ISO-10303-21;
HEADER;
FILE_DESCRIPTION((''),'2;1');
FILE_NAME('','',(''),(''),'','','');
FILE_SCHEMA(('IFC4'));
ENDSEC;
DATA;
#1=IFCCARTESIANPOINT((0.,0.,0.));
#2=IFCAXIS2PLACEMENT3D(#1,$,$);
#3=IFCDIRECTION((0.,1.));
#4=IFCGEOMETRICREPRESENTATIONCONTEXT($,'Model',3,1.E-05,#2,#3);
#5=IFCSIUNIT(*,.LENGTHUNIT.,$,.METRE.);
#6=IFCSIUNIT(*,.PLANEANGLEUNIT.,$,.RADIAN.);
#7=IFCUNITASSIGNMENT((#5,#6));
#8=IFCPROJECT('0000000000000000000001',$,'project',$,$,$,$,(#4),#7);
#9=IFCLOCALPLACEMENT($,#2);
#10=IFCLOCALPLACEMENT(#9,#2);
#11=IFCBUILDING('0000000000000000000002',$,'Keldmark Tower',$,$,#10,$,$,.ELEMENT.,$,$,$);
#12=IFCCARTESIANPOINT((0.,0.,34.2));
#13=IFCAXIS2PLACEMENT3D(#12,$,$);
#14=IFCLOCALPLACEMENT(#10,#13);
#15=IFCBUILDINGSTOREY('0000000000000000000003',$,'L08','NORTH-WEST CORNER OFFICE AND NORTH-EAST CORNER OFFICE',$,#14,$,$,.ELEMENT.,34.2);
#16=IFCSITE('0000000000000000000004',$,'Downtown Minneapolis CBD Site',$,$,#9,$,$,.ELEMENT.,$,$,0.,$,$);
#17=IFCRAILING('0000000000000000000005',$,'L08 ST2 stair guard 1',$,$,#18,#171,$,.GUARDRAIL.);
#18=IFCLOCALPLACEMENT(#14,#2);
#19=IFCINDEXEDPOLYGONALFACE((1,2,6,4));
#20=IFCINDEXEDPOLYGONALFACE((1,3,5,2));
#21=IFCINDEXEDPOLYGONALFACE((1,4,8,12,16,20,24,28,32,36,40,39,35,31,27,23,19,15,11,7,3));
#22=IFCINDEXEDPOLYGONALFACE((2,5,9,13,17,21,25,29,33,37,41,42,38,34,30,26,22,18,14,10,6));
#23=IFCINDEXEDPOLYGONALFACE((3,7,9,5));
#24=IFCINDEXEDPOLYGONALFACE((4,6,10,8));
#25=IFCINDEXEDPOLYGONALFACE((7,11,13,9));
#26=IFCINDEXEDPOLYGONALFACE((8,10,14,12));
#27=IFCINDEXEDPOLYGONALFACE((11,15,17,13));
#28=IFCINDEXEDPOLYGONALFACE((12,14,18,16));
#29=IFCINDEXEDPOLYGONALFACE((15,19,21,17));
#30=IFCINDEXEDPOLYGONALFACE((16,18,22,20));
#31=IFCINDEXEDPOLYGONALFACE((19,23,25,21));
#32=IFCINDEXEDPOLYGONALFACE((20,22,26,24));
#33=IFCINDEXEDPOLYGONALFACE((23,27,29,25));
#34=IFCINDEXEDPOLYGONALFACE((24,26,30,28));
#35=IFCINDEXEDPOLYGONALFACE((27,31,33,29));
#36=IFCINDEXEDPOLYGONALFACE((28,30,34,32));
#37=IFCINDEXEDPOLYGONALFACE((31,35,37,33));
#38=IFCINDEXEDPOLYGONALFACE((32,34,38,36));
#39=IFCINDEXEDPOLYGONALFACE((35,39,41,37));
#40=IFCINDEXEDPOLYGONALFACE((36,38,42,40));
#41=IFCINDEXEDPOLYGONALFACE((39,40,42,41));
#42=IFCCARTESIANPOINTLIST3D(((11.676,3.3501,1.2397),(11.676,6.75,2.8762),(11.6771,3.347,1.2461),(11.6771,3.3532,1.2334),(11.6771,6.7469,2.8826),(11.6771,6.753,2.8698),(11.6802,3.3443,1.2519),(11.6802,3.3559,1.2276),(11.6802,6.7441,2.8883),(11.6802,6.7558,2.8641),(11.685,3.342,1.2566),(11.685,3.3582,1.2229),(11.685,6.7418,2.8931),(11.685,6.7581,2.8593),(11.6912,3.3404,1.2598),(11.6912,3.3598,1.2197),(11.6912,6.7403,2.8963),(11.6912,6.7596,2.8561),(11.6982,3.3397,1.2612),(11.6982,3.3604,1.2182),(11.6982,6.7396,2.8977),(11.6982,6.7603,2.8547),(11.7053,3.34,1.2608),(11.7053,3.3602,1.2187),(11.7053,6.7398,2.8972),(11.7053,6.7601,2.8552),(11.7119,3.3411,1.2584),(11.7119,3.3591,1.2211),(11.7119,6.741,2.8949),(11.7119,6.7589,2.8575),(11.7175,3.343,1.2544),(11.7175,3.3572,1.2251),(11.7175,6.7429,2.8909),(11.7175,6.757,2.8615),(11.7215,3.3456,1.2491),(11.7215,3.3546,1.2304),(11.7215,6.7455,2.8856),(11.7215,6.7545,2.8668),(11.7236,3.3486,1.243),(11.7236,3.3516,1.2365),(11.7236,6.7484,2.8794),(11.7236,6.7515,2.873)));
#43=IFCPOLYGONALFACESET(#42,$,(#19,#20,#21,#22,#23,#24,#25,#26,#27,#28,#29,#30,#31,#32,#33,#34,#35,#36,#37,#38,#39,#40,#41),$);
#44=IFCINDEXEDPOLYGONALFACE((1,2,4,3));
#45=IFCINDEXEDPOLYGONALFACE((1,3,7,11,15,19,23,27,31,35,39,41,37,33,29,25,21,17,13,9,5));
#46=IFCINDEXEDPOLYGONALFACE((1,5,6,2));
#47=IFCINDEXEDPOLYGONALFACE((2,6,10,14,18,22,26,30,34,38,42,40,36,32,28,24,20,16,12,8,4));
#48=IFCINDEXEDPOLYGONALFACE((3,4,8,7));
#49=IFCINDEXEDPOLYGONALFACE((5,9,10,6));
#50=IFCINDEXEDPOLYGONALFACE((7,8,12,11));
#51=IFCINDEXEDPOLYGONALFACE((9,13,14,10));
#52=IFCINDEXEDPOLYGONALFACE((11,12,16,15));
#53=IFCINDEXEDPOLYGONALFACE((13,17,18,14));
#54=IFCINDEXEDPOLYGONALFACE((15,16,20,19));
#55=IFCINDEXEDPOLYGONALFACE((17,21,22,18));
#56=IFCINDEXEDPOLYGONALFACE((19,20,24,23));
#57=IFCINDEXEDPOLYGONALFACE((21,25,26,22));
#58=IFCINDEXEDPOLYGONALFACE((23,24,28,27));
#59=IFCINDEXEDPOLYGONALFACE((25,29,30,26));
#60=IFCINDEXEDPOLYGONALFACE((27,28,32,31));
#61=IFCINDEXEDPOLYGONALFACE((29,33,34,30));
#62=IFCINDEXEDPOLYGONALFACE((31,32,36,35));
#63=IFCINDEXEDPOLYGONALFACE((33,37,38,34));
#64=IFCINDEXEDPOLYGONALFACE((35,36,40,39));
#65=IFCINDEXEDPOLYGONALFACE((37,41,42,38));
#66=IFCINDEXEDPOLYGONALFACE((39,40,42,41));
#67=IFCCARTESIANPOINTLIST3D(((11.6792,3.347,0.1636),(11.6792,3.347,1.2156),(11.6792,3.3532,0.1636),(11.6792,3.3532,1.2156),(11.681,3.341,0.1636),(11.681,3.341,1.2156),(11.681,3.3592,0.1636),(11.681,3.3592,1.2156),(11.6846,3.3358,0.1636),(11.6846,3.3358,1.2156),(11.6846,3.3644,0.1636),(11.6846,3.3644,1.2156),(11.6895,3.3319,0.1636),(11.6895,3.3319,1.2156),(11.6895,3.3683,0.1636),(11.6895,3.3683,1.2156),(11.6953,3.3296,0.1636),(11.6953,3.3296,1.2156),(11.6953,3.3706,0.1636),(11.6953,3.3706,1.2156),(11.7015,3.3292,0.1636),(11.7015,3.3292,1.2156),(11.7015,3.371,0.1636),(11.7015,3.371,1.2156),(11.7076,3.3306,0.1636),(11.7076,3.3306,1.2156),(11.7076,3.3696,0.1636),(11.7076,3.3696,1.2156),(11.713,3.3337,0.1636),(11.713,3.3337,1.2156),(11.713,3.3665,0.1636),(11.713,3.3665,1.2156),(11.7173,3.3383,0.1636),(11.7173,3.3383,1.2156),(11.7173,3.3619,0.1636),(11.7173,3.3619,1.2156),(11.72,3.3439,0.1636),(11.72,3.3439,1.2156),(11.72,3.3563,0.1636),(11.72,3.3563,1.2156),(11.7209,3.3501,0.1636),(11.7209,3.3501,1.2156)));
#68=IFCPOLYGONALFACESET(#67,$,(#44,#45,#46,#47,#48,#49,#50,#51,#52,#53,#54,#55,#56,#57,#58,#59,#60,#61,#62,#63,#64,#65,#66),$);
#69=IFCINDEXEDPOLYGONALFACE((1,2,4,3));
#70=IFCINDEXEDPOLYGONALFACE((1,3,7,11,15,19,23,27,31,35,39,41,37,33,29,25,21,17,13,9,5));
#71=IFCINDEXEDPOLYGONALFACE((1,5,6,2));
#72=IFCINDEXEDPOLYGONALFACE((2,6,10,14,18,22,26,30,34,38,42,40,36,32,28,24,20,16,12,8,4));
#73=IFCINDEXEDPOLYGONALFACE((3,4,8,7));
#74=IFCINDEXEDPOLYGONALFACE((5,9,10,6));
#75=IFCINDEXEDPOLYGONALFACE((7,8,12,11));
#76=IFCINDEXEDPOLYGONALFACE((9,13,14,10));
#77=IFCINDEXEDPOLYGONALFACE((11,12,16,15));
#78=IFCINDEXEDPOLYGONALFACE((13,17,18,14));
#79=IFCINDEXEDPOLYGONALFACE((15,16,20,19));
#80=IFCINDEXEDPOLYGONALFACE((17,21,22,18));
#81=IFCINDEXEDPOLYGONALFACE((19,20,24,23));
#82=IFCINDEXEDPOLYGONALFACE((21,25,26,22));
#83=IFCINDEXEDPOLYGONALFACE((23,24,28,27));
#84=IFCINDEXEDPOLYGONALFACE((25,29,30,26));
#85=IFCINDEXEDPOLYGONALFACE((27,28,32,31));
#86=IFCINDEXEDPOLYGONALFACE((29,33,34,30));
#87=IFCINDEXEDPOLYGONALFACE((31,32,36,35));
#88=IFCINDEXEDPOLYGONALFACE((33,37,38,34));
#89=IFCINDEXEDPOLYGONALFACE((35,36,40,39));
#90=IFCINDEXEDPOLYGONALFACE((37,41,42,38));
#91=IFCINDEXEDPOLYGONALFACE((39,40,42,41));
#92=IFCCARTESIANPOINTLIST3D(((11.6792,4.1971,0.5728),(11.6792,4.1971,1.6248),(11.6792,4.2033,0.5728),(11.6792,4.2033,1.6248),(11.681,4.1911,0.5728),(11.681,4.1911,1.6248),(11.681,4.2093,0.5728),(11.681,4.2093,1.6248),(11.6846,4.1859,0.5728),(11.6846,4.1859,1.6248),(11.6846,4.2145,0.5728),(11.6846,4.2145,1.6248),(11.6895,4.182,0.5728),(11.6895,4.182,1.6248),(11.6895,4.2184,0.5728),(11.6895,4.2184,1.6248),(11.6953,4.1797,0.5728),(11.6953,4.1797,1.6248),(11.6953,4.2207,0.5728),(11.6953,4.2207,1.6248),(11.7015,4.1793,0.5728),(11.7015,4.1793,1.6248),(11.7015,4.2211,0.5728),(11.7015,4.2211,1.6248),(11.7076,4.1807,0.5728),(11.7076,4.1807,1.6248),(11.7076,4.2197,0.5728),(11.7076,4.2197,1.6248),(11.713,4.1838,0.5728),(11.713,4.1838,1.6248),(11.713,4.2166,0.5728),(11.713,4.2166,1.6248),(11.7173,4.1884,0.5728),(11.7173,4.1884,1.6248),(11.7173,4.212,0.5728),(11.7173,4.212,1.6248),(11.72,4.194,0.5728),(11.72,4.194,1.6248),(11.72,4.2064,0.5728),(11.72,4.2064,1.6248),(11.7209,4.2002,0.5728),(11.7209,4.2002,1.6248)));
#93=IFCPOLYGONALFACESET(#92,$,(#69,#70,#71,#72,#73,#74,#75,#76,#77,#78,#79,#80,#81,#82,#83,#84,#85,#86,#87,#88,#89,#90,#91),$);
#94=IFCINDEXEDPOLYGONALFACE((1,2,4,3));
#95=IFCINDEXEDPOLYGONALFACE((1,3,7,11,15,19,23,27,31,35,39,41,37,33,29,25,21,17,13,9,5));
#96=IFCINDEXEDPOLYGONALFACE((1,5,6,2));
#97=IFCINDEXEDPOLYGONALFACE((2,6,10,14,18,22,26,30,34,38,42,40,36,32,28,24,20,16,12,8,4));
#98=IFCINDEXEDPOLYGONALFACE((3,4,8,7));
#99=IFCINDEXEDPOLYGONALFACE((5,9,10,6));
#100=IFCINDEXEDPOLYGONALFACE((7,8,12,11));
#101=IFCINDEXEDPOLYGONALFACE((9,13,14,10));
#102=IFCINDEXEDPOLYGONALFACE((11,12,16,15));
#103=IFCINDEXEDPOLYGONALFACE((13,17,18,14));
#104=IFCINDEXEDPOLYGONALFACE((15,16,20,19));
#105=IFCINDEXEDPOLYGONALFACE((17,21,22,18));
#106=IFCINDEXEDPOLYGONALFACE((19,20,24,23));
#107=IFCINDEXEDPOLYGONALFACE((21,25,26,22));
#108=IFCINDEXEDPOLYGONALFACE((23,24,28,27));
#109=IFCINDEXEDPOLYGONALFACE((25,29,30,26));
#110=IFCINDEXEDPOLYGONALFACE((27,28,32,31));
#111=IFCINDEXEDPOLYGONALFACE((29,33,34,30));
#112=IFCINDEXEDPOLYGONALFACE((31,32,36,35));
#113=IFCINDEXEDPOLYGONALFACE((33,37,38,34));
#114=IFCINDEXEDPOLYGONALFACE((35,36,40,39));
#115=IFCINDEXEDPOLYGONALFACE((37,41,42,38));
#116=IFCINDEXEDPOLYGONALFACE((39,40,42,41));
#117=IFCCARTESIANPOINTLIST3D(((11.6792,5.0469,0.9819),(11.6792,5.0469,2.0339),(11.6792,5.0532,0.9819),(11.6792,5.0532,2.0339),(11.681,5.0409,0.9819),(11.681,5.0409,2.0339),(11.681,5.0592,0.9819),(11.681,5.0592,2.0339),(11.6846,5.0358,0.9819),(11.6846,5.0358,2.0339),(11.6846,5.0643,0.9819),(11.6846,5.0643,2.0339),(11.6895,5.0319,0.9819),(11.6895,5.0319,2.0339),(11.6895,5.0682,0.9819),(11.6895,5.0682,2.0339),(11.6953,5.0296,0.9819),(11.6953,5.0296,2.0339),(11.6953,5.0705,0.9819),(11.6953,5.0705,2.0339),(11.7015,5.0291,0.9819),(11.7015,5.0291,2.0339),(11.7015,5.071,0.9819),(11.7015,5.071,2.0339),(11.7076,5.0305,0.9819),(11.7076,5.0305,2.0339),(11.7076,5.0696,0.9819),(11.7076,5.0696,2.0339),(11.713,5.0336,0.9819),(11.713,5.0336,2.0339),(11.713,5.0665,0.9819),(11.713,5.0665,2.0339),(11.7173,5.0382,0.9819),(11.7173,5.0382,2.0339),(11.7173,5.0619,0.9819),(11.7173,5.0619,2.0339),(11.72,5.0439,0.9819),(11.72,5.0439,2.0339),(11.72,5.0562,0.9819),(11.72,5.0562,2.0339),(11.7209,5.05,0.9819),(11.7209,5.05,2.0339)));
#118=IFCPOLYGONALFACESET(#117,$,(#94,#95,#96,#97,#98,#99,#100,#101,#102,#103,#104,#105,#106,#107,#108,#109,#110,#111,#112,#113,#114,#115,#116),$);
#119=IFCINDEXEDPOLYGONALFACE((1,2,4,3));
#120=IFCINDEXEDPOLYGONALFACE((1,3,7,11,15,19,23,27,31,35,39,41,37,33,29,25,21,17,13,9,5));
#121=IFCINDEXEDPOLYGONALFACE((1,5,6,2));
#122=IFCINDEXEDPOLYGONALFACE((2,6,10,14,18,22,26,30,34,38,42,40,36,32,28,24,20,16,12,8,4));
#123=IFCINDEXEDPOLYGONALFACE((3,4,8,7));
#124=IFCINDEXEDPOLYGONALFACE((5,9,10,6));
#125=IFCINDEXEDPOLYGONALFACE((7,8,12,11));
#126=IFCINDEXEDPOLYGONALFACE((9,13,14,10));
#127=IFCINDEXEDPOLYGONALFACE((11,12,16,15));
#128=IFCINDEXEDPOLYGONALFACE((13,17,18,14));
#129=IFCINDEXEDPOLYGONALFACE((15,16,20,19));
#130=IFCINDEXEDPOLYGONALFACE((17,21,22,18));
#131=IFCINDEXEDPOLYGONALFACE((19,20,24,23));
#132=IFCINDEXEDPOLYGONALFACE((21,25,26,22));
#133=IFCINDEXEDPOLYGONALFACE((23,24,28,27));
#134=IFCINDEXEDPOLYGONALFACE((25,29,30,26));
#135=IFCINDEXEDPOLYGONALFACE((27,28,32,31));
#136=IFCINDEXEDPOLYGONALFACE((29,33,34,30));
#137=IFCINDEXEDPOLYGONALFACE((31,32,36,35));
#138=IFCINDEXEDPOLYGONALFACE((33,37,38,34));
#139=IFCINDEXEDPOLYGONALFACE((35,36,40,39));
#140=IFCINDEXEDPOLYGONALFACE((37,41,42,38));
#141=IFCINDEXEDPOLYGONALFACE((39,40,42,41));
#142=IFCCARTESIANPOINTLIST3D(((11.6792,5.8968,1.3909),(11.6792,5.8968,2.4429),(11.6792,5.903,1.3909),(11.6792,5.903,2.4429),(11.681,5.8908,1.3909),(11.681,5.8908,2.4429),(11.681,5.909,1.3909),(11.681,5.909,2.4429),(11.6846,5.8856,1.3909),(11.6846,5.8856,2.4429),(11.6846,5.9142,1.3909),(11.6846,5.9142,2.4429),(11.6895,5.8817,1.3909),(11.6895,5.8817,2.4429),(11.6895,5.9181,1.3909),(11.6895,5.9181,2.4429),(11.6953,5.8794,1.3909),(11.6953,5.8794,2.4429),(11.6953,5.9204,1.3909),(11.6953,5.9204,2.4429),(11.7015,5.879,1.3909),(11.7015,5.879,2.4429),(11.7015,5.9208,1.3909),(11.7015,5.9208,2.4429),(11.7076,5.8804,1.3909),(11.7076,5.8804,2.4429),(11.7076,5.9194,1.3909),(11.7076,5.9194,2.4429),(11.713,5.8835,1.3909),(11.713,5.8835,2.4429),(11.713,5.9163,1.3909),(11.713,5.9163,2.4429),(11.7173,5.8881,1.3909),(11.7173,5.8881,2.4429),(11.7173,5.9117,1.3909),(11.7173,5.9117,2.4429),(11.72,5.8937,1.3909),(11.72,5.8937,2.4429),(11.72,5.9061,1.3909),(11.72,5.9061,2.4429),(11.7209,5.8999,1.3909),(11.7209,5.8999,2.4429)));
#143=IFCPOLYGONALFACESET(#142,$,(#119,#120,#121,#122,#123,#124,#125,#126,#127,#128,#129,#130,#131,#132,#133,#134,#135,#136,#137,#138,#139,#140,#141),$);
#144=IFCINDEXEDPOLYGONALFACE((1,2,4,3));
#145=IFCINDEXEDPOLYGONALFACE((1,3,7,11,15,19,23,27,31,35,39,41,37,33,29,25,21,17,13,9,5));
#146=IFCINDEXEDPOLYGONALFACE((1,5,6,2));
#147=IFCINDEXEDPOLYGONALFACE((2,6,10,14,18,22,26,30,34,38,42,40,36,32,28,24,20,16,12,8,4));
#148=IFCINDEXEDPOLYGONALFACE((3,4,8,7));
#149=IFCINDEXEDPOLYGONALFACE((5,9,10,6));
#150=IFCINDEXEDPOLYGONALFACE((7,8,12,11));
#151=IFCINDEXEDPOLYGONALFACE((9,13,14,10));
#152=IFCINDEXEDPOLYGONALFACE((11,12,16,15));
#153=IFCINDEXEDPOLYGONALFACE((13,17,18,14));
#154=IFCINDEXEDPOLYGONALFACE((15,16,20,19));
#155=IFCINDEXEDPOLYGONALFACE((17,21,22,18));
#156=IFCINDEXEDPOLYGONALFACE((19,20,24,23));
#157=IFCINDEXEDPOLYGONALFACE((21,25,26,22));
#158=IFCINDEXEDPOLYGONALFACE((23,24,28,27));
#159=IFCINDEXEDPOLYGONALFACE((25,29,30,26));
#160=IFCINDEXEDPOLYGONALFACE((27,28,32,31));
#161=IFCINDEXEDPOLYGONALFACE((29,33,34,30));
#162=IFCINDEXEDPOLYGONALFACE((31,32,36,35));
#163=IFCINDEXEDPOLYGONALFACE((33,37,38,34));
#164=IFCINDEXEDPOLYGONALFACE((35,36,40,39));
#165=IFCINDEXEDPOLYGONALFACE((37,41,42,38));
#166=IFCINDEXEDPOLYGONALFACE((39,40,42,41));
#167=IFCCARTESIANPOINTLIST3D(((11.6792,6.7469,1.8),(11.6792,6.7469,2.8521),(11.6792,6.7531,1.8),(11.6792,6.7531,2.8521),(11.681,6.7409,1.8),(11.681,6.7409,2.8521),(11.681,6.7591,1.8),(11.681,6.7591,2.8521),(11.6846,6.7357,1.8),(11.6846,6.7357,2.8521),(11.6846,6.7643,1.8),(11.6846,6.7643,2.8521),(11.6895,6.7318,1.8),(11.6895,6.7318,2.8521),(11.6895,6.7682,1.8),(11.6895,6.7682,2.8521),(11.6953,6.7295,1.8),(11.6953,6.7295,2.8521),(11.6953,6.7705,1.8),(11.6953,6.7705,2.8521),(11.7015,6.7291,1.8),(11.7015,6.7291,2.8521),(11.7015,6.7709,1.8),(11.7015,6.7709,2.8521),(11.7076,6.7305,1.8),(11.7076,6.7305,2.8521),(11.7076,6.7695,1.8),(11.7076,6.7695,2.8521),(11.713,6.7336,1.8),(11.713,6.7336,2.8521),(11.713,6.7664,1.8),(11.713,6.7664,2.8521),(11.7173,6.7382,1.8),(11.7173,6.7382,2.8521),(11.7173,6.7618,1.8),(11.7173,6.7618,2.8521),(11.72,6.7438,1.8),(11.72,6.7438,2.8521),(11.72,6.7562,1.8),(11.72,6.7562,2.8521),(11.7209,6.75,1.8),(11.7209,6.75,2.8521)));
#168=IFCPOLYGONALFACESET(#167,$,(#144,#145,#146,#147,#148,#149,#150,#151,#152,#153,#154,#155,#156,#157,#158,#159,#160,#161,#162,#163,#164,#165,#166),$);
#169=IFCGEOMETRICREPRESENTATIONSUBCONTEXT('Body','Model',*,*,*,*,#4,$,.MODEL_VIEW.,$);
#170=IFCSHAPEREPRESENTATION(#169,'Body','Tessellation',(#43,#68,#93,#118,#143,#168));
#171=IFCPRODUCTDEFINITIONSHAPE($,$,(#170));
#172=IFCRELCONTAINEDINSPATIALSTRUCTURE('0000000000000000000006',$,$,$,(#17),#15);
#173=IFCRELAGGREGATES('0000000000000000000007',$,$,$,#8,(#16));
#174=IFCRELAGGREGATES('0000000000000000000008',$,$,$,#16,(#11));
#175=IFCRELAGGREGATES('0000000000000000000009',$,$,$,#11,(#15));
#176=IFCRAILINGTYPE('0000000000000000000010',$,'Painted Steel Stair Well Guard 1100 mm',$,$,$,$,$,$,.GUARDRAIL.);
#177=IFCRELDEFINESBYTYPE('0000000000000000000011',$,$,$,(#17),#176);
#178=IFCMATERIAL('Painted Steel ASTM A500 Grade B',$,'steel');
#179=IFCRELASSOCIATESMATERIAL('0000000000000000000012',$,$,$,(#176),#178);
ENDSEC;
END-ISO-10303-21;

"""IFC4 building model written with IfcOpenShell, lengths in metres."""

from ifc_helpers import new_model, si_unit, direction, frame, origin, origin_2d, place, context, subcontext, project, spatial, circle, extrude, material, type_object, element, save


model = new_model("IFC4")

# Units and contexts
model_context = context("Model", 3, precision=1e-05, world=origin(), true_north=direction((0.0, 1.0)))
body_context = subcontext(model_context, "Body", "Model", "MODEL_VIEW")
ifc_project = project(units=[si_unit("LENGTHUNIT", "METRE"), si_unit("PLANEANGLEUNIT", "RADIAN")], contexts=[model_context])

# Site, building, storey
site_placement = place(None, origin())
site = spatial("IfcSite", under=ifc_project, at=site_placement, Name="Downtown Minneapolis CBD Site", CompositionType="ELEMENT", RefElevation=0.0)
building_placement = place(site_placement, origin())
building = spatial("IfcBuilding", under=site, at=building_placement, Name="Keldmark Tower", CompositionType="ELEMENT")
storey_placement = place(building_placement, frame((0.0, 0.0, 34.2)))
storey = spatial("IfcBuildingStorey", under=building, at=storey_placement, Name="L08", Description="NORTH-WEST CORNER OFFICE AND NORTH-EAST CORNER OFFICE", CompositionType="ELEMENT", Elevation=34.2)

# Railing
ifc_material_1 = material(Name="Painted Steel ASTM A500 Grade B", Category="steel")
railing_type_1 = type_object("IfcRailingType", Name="Painted Steel Stair Well Guard 1100 mm", PredefinedType="GUARDRAIL", material=ifc_material_1)
railing_1_placement = place(storey_placement, frame((11.7, 3.3501, 0.1636)))
element("IfcRailing", 1, at=railing_1_placement, inside=storey, type_object=railing_type_1, Name="L08 ST2 stair guard 1", PredefinedType="GUARDRAIL", context=body_context, shape_type="SweptSolid", body=[
    extrude(circle(Radius=0.0239, at=origin_2d()), frame((0.0, 0.0, 1.0762), z_axis=(0.0, 0.901055, 0.433705), x_axis=(-1.0, 0.0, 0.0)), (0.0, 0.0, 1.0), 3.7732),
    extrude(circle(Radius=0.021, at=origin_2d()), origin(), (0.0, 0.0, 1.0), 1.052),
    extrude(circle(Radius=0.021, at=origin_2d()), frame((0.0, 0.8501, 0.4092)), (0.0, 0.0, 1.0), 1.052),
    extrude(circle(Radius=0.021, at=origin_2d()), frame((0.0, 1.7, 0.8184)), (0.0, 0.0, 1.0), 1.052),
    extrude(circle(Radius=0.021, at=origin_2d()), frame((0.0, 2.5498, 1.2273)), (0.0, 0.0, 1.0), 1.052),
    extrude(circle(Radius=0.021, at=origin_2d()), frame((0.0, 3.3999, 1.6365)), (0.0, 0.0, 1.0), 1.052),
])

save(model, "model.ifc")
